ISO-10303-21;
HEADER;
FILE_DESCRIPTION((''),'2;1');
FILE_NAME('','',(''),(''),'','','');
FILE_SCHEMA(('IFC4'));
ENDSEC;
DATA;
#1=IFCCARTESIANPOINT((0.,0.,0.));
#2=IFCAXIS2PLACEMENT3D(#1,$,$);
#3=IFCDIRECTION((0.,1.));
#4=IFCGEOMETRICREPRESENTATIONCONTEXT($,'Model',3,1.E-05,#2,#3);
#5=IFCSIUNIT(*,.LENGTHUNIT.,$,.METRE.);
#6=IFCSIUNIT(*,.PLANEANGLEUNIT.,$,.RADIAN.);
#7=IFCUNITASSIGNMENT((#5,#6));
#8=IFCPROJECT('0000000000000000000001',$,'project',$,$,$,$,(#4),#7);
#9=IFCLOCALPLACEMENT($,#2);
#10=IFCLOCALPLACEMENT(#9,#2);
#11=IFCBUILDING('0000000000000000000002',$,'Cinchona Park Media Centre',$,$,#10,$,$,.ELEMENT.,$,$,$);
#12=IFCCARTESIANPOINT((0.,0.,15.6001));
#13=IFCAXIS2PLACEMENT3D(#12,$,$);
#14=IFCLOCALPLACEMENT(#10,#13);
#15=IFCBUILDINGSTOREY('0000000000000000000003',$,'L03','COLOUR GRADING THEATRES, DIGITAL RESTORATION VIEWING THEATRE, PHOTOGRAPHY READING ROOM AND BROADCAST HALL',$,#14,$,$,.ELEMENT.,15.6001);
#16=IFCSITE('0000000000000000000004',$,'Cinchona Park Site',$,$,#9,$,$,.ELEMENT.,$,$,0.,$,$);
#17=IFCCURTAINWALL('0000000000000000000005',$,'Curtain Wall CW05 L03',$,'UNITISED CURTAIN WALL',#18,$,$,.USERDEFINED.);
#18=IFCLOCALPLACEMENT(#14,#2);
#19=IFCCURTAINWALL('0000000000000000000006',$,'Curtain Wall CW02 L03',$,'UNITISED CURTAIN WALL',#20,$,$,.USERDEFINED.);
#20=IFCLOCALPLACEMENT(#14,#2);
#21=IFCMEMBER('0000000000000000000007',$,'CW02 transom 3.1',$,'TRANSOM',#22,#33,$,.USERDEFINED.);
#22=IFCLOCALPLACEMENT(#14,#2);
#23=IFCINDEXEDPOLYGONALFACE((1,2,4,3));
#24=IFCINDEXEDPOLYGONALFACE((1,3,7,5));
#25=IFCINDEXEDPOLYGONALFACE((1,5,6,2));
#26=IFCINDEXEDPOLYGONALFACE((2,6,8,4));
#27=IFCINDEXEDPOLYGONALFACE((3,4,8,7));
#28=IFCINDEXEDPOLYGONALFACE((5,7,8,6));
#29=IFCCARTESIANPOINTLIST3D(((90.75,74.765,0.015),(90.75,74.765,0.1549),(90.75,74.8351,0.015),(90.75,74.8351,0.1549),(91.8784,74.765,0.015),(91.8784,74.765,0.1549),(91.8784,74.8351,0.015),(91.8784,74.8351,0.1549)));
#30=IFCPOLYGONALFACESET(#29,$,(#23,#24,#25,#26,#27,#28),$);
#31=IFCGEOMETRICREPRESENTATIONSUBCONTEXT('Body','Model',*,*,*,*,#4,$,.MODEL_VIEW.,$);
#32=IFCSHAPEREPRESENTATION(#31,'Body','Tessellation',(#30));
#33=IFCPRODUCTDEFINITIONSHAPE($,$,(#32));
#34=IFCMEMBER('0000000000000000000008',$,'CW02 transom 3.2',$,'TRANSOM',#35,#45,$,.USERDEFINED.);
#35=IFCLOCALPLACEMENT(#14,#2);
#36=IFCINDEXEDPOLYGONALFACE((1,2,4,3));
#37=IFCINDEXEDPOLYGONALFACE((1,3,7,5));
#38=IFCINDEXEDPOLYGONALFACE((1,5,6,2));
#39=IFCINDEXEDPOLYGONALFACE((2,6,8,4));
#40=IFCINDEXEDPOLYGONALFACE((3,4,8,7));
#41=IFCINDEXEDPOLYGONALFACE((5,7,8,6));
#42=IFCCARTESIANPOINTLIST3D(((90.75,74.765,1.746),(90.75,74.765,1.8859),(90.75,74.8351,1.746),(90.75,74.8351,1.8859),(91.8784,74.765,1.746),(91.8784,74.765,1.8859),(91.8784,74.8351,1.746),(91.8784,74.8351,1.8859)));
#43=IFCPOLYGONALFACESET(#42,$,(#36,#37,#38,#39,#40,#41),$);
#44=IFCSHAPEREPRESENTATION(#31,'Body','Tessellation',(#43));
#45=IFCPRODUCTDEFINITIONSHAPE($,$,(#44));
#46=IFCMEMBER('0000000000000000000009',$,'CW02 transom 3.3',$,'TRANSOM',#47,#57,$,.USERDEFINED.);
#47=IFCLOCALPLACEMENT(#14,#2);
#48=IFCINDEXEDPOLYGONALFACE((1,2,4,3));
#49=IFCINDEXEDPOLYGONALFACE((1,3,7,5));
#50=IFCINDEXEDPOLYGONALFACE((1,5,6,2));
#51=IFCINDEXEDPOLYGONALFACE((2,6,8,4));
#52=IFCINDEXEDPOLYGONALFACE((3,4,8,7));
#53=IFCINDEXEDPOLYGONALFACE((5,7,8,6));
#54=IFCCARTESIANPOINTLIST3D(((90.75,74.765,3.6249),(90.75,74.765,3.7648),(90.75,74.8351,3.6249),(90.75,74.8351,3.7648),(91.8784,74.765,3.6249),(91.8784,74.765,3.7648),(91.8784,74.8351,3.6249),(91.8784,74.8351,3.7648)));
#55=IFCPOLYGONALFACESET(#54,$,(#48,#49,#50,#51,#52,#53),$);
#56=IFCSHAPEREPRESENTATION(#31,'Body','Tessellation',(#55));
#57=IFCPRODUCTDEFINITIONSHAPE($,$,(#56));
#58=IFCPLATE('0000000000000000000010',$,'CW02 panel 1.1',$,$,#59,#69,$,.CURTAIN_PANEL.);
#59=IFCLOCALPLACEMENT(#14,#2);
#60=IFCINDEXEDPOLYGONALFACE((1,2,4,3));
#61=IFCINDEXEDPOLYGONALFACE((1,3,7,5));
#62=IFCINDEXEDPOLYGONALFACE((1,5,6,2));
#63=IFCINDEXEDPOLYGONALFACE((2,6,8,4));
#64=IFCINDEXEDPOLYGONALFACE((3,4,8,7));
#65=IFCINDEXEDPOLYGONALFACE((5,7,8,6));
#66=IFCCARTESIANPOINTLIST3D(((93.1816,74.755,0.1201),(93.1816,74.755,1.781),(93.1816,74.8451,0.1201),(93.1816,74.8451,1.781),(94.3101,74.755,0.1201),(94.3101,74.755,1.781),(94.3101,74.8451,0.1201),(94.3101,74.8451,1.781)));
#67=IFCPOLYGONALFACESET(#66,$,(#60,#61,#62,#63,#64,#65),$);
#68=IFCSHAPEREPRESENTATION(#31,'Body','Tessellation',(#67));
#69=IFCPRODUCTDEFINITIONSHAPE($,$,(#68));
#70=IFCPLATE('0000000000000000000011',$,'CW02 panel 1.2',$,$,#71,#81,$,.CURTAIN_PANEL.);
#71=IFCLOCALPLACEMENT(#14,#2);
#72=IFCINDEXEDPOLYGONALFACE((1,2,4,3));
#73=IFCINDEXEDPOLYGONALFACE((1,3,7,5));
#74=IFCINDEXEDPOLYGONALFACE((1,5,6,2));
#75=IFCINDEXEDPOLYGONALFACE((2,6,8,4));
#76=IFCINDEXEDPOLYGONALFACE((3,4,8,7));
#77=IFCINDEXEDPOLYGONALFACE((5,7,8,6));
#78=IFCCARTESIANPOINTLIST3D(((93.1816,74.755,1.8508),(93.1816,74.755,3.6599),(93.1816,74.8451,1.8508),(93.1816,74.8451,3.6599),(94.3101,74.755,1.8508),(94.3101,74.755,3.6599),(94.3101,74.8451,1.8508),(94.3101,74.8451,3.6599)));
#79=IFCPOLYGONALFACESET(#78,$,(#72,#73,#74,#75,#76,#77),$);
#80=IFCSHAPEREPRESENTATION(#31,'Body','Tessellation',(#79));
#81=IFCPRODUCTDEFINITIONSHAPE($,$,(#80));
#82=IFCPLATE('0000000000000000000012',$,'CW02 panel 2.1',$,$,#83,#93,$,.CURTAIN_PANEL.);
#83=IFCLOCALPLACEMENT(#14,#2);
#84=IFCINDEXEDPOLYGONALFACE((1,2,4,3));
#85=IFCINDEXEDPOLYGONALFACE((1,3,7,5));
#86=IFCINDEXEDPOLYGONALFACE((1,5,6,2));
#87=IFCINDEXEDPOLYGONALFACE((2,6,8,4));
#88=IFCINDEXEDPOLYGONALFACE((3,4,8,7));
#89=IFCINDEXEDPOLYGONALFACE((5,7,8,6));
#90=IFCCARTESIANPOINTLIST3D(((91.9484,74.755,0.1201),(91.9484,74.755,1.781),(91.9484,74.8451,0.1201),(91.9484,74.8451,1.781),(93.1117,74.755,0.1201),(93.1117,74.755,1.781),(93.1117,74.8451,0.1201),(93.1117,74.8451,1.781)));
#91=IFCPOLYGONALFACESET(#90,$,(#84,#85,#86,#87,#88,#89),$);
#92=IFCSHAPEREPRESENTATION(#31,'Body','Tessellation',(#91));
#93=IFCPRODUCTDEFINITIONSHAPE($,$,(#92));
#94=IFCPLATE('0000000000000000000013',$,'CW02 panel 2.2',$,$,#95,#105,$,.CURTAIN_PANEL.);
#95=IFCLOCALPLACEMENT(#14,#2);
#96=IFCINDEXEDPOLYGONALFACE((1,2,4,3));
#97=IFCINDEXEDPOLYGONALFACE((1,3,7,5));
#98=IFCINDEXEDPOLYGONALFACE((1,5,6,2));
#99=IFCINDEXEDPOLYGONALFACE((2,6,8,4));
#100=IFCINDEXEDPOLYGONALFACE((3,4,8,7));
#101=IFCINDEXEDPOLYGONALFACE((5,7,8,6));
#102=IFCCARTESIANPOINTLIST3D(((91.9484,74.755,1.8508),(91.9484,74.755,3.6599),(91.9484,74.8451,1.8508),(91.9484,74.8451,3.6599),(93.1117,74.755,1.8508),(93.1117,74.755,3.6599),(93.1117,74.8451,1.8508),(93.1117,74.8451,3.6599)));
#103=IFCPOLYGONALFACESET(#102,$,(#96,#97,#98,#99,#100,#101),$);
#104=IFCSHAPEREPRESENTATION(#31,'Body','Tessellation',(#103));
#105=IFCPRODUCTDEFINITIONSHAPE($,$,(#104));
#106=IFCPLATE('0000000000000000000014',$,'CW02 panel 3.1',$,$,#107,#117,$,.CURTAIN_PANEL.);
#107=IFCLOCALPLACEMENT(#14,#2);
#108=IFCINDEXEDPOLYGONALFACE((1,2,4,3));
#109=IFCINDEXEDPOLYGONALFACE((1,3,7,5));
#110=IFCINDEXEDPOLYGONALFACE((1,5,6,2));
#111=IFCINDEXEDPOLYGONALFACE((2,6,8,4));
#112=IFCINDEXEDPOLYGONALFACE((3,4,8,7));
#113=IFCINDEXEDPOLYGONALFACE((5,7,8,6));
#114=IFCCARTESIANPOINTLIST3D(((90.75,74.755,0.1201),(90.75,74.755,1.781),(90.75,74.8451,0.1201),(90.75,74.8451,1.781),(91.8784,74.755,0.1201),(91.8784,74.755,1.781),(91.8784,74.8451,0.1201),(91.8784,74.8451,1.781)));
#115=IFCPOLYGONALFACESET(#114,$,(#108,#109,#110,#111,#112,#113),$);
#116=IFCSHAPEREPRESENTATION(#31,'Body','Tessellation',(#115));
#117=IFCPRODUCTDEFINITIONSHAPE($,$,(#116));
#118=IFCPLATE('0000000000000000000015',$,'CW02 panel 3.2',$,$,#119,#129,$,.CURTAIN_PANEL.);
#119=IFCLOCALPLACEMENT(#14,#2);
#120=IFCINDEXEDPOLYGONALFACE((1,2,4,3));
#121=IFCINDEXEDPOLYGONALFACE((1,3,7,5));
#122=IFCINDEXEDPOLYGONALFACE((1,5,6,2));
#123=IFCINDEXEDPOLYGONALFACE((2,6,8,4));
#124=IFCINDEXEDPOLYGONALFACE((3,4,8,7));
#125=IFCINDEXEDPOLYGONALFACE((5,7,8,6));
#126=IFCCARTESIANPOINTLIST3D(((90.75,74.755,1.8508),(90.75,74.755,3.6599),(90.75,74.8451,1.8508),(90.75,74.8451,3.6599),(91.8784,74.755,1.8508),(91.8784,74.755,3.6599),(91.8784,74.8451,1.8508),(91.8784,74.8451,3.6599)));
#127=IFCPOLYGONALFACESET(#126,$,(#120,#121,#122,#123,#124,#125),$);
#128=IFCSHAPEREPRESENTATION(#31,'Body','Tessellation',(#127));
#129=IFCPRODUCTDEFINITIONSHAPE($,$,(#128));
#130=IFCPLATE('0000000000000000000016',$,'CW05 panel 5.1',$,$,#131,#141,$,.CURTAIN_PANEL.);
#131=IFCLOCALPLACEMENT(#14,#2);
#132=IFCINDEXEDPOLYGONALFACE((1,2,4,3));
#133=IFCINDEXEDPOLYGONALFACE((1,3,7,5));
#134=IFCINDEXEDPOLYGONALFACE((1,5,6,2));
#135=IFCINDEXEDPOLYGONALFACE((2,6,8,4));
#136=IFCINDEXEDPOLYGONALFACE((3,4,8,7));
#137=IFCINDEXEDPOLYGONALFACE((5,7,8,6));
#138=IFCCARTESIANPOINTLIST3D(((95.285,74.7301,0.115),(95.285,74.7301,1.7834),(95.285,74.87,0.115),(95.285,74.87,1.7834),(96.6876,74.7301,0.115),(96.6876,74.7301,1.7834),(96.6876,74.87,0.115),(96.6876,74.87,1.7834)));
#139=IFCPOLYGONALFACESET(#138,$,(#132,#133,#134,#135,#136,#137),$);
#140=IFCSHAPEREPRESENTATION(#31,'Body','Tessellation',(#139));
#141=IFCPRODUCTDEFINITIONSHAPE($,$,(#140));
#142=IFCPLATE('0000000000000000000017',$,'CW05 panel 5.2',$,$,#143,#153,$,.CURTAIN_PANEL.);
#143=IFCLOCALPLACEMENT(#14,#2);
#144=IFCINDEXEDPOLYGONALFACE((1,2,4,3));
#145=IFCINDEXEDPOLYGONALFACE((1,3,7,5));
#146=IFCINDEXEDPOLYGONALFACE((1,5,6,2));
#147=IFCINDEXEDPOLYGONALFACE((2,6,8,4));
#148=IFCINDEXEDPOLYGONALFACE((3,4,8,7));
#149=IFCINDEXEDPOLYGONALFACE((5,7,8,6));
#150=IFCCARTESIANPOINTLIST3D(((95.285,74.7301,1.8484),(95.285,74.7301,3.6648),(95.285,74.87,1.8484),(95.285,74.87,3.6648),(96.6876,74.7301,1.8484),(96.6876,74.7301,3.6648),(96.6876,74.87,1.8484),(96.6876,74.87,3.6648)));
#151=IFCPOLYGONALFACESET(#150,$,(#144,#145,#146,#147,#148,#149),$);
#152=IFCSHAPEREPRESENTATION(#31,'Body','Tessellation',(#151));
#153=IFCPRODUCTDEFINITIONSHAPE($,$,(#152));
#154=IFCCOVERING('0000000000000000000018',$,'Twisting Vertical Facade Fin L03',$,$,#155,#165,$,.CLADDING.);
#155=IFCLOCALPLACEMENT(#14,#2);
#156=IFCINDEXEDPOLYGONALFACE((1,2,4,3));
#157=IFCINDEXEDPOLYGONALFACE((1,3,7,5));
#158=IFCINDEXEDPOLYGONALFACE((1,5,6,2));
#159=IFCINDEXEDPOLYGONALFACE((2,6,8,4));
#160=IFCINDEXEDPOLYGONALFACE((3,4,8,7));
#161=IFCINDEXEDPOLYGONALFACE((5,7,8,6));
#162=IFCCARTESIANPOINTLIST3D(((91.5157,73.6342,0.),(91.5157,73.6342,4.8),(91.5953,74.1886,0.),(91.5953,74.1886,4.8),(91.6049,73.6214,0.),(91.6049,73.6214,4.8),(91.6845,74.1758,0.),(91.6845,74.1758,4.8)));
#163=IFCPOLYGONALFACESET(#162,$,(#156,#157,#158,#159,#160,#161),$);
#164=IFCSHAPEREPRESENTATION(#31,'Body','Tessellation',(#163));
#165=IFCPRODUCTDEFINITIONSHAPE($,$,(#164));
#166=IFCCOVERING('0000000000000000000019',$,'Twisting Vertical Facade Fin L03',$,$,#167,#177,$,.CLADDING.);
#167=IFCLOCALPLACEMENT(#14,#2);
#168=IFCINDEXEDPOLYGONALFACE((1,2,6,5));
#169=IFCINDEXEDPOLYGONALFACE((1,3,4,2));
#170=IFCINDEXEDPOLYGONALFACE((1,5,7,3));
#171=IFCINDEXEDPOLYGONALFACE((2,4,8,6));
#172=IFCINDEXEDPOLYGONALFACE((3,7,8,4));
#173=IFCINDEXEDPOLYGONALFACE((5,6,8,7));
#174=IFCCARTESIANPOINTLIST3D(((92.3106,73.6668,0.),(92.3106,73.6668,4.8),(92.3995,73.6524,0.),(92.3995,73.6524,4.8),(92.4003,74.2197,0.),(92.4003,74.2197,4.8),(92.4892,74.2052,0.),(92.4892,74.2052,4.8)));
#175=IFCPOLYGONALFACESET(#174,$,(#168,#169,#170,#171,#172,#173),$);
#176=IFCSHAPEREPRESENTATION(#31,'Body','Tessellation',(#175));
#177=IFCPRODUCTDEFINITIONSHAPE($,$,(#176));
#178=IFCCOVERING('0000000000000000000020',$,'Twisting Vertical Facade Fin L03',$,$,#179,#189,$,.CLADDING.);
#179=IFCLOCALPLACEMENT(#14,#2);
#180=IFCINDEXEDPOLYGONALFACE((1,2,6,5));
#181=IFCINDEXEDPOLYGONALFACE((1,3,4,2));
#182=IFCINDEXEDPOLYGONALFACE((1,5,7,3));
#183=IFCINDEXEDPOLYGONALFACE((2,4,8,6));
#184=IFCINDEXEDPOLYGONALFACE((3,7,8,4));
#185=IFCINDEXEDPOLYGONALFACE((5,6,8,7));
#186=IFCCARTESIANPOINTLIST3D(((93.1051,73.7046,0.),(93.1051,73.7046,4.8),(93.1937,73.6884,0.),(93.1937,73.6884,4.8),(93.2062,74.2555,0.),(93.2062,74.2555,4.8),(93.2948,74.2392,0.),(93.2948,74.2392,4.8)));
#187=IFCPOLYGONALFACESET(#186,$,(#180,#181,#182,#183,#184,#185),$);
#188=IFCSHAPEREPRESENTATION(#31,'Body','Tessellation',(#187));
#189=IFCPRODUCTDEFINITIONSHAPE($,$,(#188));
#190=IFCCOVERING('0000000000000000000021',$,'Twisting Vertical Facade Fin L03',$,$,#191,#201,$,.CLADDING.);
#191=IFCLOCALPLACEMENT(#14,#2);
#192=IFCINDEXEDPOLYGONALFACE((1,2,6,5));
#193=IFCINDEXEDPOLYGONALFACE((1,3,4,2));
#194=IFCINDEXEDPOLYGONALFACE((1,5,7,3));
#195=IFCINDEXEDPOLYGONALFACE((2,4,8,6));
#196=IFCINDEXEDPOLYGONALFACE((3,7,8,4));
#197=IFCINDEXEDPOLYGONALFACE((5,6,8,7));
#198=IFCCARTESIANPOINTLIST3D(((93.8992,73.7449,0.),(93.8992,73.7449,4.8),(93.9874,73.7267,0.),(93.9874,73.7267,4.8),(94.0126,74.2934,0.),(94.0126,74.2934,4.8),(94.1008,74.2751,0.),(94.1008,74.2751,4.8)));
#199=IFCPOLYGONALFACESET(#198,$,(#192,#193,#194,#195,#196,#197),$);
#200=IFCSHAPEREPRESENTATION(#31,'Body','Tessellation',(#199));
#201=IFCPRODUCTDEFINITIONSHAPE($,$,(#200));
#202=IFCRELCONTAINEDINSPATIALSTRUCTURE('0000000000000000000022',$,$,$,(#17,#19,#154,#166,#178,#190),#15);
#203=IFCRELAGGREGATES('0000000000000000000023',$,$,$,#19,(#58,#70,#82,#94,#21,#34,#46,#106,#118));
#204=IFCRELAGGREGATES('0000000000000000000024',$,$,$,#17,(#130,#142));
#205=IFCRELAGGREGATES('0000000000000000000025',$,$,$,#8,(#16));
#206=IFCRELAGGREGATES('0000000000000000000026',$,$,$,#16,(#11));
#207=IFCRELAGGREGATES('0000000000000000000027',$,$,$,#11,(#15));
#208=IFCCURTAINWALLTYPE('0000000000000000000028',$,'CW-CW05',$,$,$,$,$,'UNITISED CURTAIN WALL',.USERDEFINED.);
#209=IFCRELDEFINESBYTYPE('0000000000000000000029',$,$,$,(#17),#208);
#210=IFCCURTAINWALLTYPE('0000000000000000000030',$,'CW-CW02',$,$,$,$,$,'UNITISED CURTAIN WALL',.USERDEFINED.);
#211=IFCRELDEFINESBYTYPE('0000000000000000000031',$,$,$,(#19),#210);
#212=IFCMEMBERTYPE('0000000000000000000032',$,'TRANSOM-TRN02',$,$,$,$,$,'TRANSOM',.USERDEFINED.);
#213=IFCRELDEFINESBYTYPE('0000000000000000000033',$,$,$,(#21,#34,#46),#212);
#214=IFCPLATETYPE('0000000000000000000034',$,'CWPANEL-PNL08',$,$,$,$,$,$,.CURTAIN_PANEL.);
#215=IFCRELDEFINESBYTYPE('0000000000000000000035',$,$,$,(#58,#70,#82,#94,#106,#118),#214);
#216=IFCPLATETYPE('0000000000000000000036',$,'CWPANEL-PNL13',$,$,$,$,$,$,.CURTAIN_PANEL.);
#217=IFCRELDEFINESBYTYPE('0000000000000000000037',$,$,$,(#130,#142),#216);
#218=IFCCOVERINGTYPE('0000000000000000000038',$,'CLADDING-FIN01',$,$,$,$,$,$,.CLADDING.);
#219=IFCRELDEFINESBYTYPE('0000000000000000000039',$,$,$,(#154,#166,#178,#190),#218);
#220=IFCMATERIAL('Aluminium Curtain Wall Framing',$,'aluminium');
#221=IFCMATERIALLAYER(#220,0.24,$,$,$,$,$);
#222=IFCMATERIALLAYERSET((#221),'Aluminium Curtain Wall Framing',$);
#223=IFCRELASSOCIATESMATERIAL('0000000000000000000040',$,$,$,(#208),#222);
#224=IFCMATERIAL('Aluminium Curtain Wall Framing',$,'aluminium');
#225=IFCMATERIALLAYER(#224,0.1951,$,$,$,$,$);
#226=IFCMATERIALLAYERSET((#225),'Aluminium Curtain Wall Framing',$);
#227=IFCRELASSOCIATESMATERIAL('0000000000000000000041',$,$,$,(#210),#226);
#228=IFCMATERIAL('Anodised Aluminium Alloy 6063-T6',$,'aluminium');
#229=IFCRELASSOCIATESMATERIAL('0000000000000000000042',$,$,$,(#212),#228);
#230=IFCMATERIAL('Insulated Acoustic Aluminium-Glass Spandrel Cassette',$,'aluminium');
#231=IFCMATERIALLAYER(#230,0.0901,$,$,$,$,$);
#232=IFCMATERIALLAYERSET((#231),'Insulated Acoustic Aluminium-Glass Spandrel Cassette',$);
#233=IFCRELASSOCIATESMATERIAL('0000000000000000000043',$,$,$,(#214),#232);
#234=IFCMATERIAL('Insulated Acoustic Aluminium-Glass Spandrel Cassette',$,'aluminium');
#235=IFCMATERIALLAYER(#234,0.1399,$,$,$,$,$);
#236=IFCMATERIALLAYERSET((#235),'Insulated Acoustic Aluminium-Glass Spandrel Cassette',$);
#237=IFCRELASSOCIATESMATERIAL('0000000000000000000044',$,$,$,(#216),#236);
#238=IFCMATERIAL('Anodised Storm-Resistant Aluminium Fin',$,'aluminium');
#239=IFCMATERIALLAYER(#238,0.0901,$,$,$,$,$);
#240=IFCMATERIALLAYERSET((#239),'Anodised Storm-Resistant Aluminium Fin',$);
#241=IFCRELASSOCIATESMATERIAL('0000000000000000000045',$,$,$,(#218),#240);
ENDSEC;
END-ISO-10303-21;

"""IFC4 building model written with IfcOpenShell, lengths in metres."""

from ifc_helpers import new_model, si_unit, direction, frame, origin, origin_2d, place, context, subcontext, project, spatial, rectangle, extrude, material, layer, layer_set, material_profile, profile_set, type_object, element, aggregate, save


model = new_model("IFC4")

# Units and contexts
model_context = context("Model", 3, precision=1e-05, world=origin(), true_north=direction((0.0, 1.0)))
body_context = subcontext(model_context, "Body", "Model", "MODEL_VIEW")
ifc_project = project(units=[si_unit("LENGTHUNIT", "METRE"), si_unit("PLANEANGLEUNIT", "RADIAN")], contexts=[model_context])

# Site, building, storey
site_placement = place(None, origin())
site = spatial("IfcSite", under=ifc_project, at=site_placement, Name="Cinchona Park Site", CompositionType="ELEMENT", RefElevation=0.0)
building_placement = place(site_placement, origin())
building = spatial("IfcBuilding", under=site, at=building_placement, Name="Cinchona Park Media Centre", CompositionType="ELEMENT")
storey_placement = place(building_placement, frame((0.0, 0.0, 15.6001)))
storey = spatial("IfcBuildingStorey", under=building, at=storey_placement, Name="L03", Description="COLOUR GRADING THEATRES, DIGITAL RESTORATION VIEWING THEATRE, PHOTOGRAPHY READING ROOM AND BROADCAST HALL", CompositionType="ELEMENT", Elevation=15.6001)

# Curtain wall
ifc_material_1 = material(Name="Aluminium Curtain Wall Framing", Category="aluminium")
ifc_layer_1 = layer(ifc_material_1, 0.24)
ifc_layer_set_1 = layer_set([ifc_layer_1], Name="Aluminium Curtain Wall Framing")
curtain_wall_type_1 = type_object("IfcCurtainWallType", Name="CW-CW05", ElementType="UNITISED CURTAIN WALL", PredefinedType="USERDEFINED", material=ifc_layer_set_1)
curtain_wall_1_placement = place(storey_placement, origin())
curtain_wall_1 = element("IfcCurtainWall", 1, at=curtain_wall_1_placement, inside=storey, type_object=curtain_wall_type_1, Name="Curtain Wall CW05 L03", ObjectType="UNITISED CURTAIN WALL", PredefinedType="USERDEFINED")

# Curtain wall
ifc_material_2 = material(Name="Aluminium Curtain Wall Framing", Category="aluminium")
ifc_layer_2 = layer(ifc_material_2, 0.1951)
ifc_layer_set_2 = layer_set([ifc_layer_2], Name="Aluminium Curtain Wall Framing")
curtain_wall_type_2 = type_object("IfcCurtainWallType", Name="CW-CW02", ElementType="UNITISED CURTAIN WALL", PredefinedType="USERDEFINED", material=ifc_layer_set_2)
curtain_wall_2_placement = place(storey_placement, origin())
curtain_wall_2 = element("IfcCurtainWall", 2, at=curtain_wall_2_placement, inside=storey, type_object=curtain_wall_type_2, Name="Curtain Wall CW02 L03", ObjectType="UNITISED CURTAIN WALL", PredefinedType="USERDEFINED")

# Members
ifc_material_3 = material(Name="Anodised Aluminium Alloy 6063-T6", Category="aluminium")
ifc_material_profile_1 = material_profile(ifc_material_3, rectangle(XDim=0.0701, YDim=0.1399, at=origin_2d()), Name="TRN-70X140")
ifc_profile_set_1 = profile_set([ifc_material_profile_1], Name="Anodised Aluminium Alloy 6063-T6")
member_type_1 = type_object("IfcMemberType", Name="TRANSOM-TRN02", ElementType="TRANSOM", PredefinedType="USERDEFINED", material=ifc_profile_set_1)
member_1_placement = place(storey_placement, frame((91.8784, 74.8, 0.085), z_axis=(-1.0, 0.0, 0.0), x_axis=(0.0, -1.0, 0.0)))
member_1 = element("IfcMember", 3, at=member_1_placement, type_object=member_type_1, Name="CW02 transom 3.1", ObjectType="TRANSOM", PredefinedType="USERDEFINED", context=body_context, shape_type="SweptSolid", body=[
    extrude(rectangle(XDim=0.0701, YDim=0.1399, at=origin_2d()), origin(), (0.0, 0.0, 1.0), 1.1284),
])
member_2_placement = place(storey_placement, frame((91.8784, 74.8, 1.8159), z_axis=(-1.0, 0.0, 0.0), x_axis=(0.0, -1.0, 0.0)))
member_2 = element("IfcMember", 4, at=member_2_placement, type_object=member_type_1, Name="CW02 transom 3.2", ObjectType="TRANSOM", PredefinedType="USERDEFINED", context=body_context, shape_type="SweptSolid", body=[
    extrude(rectangle(XDim=0.0701, YDim=0.1399, at=origin_2d()), origin(), (0.0, 0.0, 1.0), 1.1284),
])
member_3_placement = place(storey_placement, frame((91.8784, 74.8, 3.6948), z_axis=(-1.0, 0.0, 0.0), x_axis=(0.0, -1.0, 0.0)))
member_3 = element("IfcMember", 5, at=member_3_placement, type_object=member_type_1, Name="CW02 transom 3.3", ObjectType="TRANSOM", PredefinedType="USERDEFINED", context=body_context, shape_type="SweptSolid", body=[
    extrude(rectangle(XDim=0.0701, YDim=0.1399, at=origin_2d()), origin(), (0.0, 0.0, 1.0), 1.1284),
])

# Plates
ifc_material_4 = material(Name="Insulated Acoustic Aluminium-Glass Spandrel Cassette", Category="aluminium")
ifc_layer_3 = layer(ifc_material_4, 0.0901)
ifc_layer_set_3 = layer_set([ifc_layer_3], Name="Insulated Acoustic Aluminium-Glass Spandrel Cassette")
plate_type_1 = type_object("IfcPlateType", Name="CWPANEL-PNL08", PredefinedType="CURTAIN_PANEL", material=ifc_layer_set_3)
plate_1_placement = place(storey_placement, frame((93.7458, 74.8, 0.1201), z_axis=(0.0, 0.0, 1.0), x_axis=(-1.0, 0.0, 0.0)))
plate_1 = element("IfcPlate", 6, at=plate_1_placement, type_object=plate_type_1, Name="CW02 panel 1.1", PredefinedType="CURTAIN_PANEL", context=body_context, shape_type="SweptSolid", body=[
    extrude(rectangle(XDim=1.1284, YDim=0.0901, at=origin_2d()), origin(), (0.0, 0.0, 1.0), 1.6609),
])
plate_2_placement = place(storey_placement, frame((93.7458, 74.8, 1.8508), z_axis=(0.0, 0.0, 1.0), x_axis=(-1.0, 0.0, 0.0)))
plate_2 = element("IfcPlate", 7, at=plate_2_placement, type_object=plate_type_1, Name="CW02 panel 1.2", PredefinedType="CURTAIN_PANEL", context=body_context, shape_type="SweptSolid", body=[
    extrude(rectangle(XDim=1.1284, YDim=0.0901, at=origin_2d()), origin(), (0.0, 0.0, 1.0), 1.8091),
])
plate_3_placement = place(storey_placement, frame((92.53, 74.8, 0.1201), z_axis=(0.0, 0.0, 1.0), x_axis=(-1.0, 0.0, 0.0)))
plate_3 = element("IfcPlate", 8, at=plate_3_placement, type_object=plate_type_1, Name="CW02 panel 2.1", PredefinedType="CURTAIN_PANEL", context=body_context, shape_type="SweptSolid", body=[
    extrude(rectangle(XDim=1.1633, YDim=0.0901, at=origin_2d()), origin(), (0.0, 0.0, 1.0), 1.6609),
])
plate_4_placement = place(storey_placement, frame((92.53, 74.8, 1.8508), z_axis=(0.0, 0.0, 1.0), x_axis=(-1.0, 0.0, 0.0)))
plate_4 = element("IfcPlate", 9, at=plate_4_placement, type_object=plate_type_1, Name="CW02 panel 2.2", PredefinedType="CURTAIN_PANEL", context=body_context, shape_type="SweptSolid", body=[
    extrude(rectangle(XDim=1.1633, YDim=0.0901, at=origin_2d()), origin(), (0.0, 0.0, 1.0), 1.8091),
])
plate_5_placement = place(storey_placement, frame((91.3142, 74.8, 0.1201), z_axis=(0.0, 0.0, 1.0), x_axis=(-1.0, 0.0, 0.0)))
plate_5 = element("IfcPlate", 10, at=plate_5_placement, type_object=plate_type_1, Name="CW02 panel 3.1", PredefinedType="CURTAIN_PANEL", context=body_context, shape_type="SweptSolid", body=[
    extrude(rectangle(XDim=1.1284, YDim=0.0901, at=origin_2d()), origin(), (0.0, 0.0, 1.0), 1.6609),
])
plate_6_placement = place(storey_placement, frame((91.3142, 74.8, 1.8508), z_axis=(0.0, 0.0, 1.0), x_axis=(-1.0, 0.0, 0.0)))
plate_6 = element("IfcPlate", 11, at=plate_6_placement, type_object=plate_type_1, Name="CW02 panel 3.2", PredefinedType="CURTAIN_PANEL", context=body_context, shape_type="SweptSolid", body=[
    extrude(rectangle(XDim=1.1284, YDim=0.0901, at=origin_2d()), origin(), (0.0, 0.0, 1.0), 1.8091),
])
aggregate(curtain_wall_2, [plate_1, plate_2, plate_3, plate_4, member_1, member_2, member_3, plate_5, plate_6])
ifc_material_5 = material(Name="Insulated Acoustic Aluminium-Glass Spandrel Cassette", Category="aluminium")
ifc_layer_4 = layer(ifc_material_5, 0.1399)
ifc_layer_set_4 = layer_set([ifc_layer_4], Name="Insulated Acoustic Aluminium-Glass Spandrel Cassette")
plate_type_2 = type_object("IfcPlateType", Name="CWPANEL-PNL13", PredefinedType="CURTAIN_PANEL", material=ifc_layer_set_4)
plate_7_placement = place(storey_placement, frame((95.9863, 74.8, 0.115), z_axis=(0.0, 0.0, 1.0), x_axis=(-1.0, 0.0, 0.0)))
plate_7 = element("IfcPlate", 12, at=plate_7_placement, type_object=plate_type_2, Name="CW05 panel 5.1", PredefinedType="CURTAIN_PANEL", context=body_context, shape_type="SweptSolid", body=[
    extrude(rectangle(XDim=1.4026, YDim=0.1399, at=origin_2d()), origin(), (0.0, 0.0, 1.0), 1.6685),
])
plate_8_placement = place(storey_placement, frame((95.9863, 74.8, 1.8484), z_axis=(0.0, 0.0, 1.0), x_axis=(-1.0, 0.0, 0.0)))
plate_8 = element("IfcPlate", 13, at=plate_8_placement, type_object=plate_type_2, Name="CW05 panel 5.2", PredefinedType="CURTAIN_PANEL", context=body_context, shape_type="SweptSolid", body=[
    extrude(rectangle(XDim=1.4026, YDim=0.1399, at=origin_2d()), origin(), (0.0, 0.0, 1.0), 1.8164),
])
aggregate(curtain_wall_1, [plate_7, plate_8])

# Coverings
ifc_material_6 = material(Name="Anodised Storm-Resistant Aluminium Fin", Category="aluminium")
ifc_layer_5 = layer(ifc_material_6, 0.0901)
ifc_layer_set_5 = layer_set([ifc_layer_5], Name="Anodised Storm-Resistant Aluminium Fin")
covering_type = type_object("IfcCoveringType", Name="CLADDING-FIN01", PredefinedType="CLADDING", material=ifc_layer_set_5)
for number, where, z_axis, x_axis, name in (
    (14, (91.6001, 73.905, 0.0), (0.0, 0.0, 1.0), (0.142111, 0.989851, 0.0), "Twisting Vertical Facade Fin L03"),
    (15, (92.3999, 73.936, 0.0), (0.0, 0.0, 1.0), (0.160226, 0.98708, 0.0), "Twisting Vertical Facade Fin L03"),
    (16, (93.2, 73.9719, 0.0), (0.0, 0.0, 1.0), (0.180519, 0.983571, 0.0), "Twisting Vertical Facade Fin L03"),
    (17, (94.0, 74.01, 0.0), (0.0, 0.0, 1.0), (0.202445, 0.979294, 0.0), "Twisting Vertical Facade Fin L03"),
):
    element("IfcCovering", number, at=place(storey_placement, frame(where, z_axis=z_axis, x_axis=x_axis)), inside=storey, type_object=covering_type, Name=name, PredefinedType="CLADDING", context=body_context, shape_type="SweptSolid", body=[
        extrude(rectangle(XDim=0.5601, YDim=0.0901, at=origin_2d()), origin(), (0.0, 0.0, 1.0), 4.8),
    ])

save(model, "model.ifc")
